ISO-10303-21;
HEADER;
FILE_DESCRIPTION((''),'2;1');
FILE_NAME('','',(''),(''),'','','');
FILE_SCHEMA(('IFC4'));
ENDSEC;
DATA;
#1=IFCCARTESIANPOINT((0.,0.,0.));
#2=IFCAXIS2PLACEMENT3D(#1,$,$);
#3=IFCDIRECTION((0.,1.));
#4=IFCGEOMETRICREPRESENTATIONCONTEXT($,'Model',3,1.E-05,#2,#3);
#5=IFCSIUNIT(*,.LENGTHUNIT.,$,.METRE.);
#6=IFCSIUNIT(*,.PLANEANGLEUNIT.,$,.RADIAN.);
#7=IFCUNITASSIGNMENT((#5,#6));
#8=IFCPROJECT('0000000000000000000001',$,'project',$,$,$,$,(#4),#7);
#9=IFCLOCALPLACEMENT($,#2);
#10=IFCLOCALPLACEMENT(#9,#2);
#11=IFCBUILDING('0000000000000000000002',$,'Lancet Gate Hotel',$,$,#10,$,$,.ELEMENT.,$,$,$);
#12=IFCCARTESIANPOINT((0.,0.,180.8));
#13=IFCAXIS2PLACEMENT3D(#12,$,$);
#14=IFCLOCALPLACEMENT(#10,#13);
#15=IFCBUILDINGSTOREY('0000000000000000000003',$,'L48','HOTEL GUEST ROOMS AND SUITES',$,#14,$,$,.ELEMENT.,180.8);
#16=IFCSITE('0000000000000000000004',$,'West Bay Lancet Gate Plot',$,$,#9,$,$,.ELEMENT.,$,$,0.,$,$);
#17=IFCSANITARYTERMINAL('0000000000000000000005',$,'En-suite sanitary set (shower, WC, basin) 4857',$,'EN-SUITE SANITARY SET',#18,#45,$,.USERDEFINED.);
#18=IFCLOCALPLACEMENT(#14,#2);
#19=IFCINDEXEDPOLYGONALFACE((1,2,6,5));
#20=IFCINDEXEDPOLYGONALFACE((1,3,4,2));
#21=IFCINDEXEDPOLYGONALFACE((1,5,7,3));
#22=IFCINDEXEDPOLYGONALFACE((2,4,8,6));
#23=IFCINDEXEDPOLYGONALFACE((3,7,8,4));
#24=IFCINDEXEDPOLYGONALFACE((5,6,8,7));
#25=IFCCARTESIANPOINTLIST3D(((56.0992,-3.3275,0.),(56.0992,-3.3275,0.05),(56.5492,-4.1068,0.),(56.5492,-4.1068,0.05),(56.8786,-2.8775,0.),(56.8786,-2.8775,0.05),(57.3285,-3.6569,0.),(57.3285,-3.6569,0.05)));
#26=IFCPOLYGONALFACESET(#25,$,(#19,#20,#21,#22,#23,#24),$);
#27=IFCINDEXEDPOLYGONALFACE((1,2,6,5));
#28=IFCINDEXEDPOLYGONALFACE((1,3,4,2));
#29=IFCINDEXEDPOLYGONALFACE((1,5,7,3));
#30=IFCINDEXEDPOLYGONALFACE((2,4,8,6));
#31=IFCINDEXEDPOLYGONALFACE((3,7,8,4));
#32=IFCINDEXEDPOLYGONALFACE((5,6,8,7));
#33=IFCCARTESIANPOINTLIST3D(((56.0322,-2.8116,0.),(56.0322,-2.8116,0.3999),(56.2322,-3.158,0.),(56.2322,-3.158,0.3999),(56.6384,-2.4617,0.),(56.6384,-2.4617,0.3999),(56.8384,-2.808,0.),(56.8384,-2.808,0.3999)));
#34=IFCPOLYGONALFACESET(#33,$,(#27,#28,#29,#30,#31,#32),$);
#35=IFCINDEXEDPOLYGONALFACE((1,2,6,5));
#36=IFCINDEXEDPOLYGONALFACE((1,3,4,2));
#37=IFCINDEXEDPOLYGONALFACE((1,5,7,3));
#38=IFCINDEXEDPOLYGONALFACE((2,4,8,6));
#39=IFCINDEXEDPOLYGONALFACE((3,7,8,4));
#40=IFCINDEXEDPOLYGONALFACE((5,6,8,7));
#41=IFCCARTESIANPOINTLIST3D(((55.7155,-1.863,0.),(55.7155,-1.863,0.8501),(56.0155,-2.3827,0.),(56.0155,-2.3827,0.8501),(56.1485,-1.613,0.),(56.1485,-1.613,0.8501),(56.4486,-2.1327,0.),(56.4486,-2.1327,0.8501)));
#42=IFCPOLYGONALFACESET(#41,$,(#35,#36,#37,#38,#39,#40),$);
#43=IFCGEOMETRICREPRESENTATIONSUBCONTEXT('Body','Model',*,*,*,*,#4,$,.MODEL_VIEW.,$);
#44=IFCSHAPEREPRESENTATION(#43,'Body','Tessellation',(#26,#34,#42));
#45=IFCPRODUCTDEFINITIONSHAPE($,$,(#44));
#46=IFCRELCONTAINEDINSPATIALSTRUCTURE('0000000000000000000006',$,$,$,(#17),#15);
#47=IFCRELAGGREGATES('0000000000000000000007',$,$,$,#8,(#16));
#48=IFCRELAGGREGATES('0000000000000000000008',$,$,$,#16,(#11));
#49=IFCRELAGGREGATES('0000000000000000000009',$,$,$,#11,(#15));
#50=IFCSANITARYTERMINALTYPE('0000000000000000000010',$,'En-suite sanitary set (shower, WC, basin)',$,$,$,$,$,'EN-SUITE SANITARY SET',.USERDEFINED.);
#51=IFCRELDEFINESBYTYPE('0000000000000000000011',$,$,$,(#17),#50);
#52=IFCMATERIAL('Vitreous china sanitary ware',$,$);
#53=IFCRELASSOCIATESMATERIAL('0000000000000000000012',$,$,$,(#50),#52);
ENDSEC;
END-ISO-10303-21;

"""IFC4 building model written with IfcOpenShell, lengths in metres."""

from ifc_helpers import new_model, si_unit, direction, frame, origin, origin_2d, place, context, subcontext, project, spatial, rectangle, extrude, material, type_object, element, save


model = new_model("IFC4")

# Units and contexts
model_context = context("Model", 3, precision=1e-05, world=origin(), true_north=direction((0.0, 1.0)))
body_context = subcontext(model_context, "Body", "Model", "MODEL_VIEW")
ifc_project = project(units=[si_unit("LENGTHUNIT", "METRE"), si_unit("PLANEANGLEUNIT", "RADIAN")], contexts=[model_context])

# Site, building, storey
site_placement = place(None, origin())
site = spatial("IfcSite", under=ifc_project, at=site_placement, Name="West Bay Lancet Gate Plot", CompositionType="ELEMENT", RefElevation=0.0)
building_placement = place(site_placement, origin())
building = spatial("IfcBuilding", under=site, at=building_placement, Name="Lancet Gate Hotel", CompositionType="ELEMENT")
storey_placement = place(building_placement, frame((0.0, 0.0, 180.8)))
storey = spatial("IfcBuildingStorey", under=building, at=storey_placement, Name="L48", Description="HOTEL GUEST ROOMS AND SUITES", CompositionType="ELEMENT", Elevation=180.8)

# Sanitary terminal
ifc_material_1 = material(Name="Vitreous china sanitary ware")
sanitary_terminal_type = type_object("IfcSanitaryTerminalType", Name="En-suite sanitary set (shower, WC, basin)", ElementType="EN-SUITE SANITARY SET", PredefinedType="USERDEFINED", material=ifc_material_1)
sanitary_terminal_placement = place(storey_placement, frame((56.7139, -3.4922, 0.0), z_axis=(0.0, 0.0, 1.0), x_axis=(1.0, 0.0, 0.0)))
element("IfcSanitaryTerminal", 1, at=sanitary_terminal_placement, inside=storey, type_object=sanitary_terminal_type, Name="En-suite sanitary set (shower, WC, basin) 4857", ObjectType="EN-SUITE SANITARY SET", PredefinedType="USERDEFINED", context=body_context, shape_type="SweptSolid", body=[
    extrude(rectangle(XDim=0.8999, YDim=0.8999, at=origin_2d()), frame((0.0, 0.0, 0.0), z_axis=(0.0, 0.0, 1.0), x_axis=(0.5, -0.866025, 0.0)), (0.0, 0.0, 1.0), 0.05),
    extrude(rectangle(XDim=0.3999, YDim=0.7, at=origin_2d()), frame((-0.2786, 0.6824, 0.0), z_axis=(0.0, 0.0, 1.0), x_axis=(0.5, -0.866025, 0.0)), (0.0, 0.0, 1.0), 0.3999),
    extrude(rectangle(XDim=0.6001, YDim=0.5, at=origin_2d()), frame((-0.6318, 1.4944, 0.0), z_axis=(0.0, 0.0, 1.0), x_axis=(0.5, -0.866025, 0.0)), (0.0, 0.0, 1.0), 0.8501),
])

save(model, "model.ifc")
